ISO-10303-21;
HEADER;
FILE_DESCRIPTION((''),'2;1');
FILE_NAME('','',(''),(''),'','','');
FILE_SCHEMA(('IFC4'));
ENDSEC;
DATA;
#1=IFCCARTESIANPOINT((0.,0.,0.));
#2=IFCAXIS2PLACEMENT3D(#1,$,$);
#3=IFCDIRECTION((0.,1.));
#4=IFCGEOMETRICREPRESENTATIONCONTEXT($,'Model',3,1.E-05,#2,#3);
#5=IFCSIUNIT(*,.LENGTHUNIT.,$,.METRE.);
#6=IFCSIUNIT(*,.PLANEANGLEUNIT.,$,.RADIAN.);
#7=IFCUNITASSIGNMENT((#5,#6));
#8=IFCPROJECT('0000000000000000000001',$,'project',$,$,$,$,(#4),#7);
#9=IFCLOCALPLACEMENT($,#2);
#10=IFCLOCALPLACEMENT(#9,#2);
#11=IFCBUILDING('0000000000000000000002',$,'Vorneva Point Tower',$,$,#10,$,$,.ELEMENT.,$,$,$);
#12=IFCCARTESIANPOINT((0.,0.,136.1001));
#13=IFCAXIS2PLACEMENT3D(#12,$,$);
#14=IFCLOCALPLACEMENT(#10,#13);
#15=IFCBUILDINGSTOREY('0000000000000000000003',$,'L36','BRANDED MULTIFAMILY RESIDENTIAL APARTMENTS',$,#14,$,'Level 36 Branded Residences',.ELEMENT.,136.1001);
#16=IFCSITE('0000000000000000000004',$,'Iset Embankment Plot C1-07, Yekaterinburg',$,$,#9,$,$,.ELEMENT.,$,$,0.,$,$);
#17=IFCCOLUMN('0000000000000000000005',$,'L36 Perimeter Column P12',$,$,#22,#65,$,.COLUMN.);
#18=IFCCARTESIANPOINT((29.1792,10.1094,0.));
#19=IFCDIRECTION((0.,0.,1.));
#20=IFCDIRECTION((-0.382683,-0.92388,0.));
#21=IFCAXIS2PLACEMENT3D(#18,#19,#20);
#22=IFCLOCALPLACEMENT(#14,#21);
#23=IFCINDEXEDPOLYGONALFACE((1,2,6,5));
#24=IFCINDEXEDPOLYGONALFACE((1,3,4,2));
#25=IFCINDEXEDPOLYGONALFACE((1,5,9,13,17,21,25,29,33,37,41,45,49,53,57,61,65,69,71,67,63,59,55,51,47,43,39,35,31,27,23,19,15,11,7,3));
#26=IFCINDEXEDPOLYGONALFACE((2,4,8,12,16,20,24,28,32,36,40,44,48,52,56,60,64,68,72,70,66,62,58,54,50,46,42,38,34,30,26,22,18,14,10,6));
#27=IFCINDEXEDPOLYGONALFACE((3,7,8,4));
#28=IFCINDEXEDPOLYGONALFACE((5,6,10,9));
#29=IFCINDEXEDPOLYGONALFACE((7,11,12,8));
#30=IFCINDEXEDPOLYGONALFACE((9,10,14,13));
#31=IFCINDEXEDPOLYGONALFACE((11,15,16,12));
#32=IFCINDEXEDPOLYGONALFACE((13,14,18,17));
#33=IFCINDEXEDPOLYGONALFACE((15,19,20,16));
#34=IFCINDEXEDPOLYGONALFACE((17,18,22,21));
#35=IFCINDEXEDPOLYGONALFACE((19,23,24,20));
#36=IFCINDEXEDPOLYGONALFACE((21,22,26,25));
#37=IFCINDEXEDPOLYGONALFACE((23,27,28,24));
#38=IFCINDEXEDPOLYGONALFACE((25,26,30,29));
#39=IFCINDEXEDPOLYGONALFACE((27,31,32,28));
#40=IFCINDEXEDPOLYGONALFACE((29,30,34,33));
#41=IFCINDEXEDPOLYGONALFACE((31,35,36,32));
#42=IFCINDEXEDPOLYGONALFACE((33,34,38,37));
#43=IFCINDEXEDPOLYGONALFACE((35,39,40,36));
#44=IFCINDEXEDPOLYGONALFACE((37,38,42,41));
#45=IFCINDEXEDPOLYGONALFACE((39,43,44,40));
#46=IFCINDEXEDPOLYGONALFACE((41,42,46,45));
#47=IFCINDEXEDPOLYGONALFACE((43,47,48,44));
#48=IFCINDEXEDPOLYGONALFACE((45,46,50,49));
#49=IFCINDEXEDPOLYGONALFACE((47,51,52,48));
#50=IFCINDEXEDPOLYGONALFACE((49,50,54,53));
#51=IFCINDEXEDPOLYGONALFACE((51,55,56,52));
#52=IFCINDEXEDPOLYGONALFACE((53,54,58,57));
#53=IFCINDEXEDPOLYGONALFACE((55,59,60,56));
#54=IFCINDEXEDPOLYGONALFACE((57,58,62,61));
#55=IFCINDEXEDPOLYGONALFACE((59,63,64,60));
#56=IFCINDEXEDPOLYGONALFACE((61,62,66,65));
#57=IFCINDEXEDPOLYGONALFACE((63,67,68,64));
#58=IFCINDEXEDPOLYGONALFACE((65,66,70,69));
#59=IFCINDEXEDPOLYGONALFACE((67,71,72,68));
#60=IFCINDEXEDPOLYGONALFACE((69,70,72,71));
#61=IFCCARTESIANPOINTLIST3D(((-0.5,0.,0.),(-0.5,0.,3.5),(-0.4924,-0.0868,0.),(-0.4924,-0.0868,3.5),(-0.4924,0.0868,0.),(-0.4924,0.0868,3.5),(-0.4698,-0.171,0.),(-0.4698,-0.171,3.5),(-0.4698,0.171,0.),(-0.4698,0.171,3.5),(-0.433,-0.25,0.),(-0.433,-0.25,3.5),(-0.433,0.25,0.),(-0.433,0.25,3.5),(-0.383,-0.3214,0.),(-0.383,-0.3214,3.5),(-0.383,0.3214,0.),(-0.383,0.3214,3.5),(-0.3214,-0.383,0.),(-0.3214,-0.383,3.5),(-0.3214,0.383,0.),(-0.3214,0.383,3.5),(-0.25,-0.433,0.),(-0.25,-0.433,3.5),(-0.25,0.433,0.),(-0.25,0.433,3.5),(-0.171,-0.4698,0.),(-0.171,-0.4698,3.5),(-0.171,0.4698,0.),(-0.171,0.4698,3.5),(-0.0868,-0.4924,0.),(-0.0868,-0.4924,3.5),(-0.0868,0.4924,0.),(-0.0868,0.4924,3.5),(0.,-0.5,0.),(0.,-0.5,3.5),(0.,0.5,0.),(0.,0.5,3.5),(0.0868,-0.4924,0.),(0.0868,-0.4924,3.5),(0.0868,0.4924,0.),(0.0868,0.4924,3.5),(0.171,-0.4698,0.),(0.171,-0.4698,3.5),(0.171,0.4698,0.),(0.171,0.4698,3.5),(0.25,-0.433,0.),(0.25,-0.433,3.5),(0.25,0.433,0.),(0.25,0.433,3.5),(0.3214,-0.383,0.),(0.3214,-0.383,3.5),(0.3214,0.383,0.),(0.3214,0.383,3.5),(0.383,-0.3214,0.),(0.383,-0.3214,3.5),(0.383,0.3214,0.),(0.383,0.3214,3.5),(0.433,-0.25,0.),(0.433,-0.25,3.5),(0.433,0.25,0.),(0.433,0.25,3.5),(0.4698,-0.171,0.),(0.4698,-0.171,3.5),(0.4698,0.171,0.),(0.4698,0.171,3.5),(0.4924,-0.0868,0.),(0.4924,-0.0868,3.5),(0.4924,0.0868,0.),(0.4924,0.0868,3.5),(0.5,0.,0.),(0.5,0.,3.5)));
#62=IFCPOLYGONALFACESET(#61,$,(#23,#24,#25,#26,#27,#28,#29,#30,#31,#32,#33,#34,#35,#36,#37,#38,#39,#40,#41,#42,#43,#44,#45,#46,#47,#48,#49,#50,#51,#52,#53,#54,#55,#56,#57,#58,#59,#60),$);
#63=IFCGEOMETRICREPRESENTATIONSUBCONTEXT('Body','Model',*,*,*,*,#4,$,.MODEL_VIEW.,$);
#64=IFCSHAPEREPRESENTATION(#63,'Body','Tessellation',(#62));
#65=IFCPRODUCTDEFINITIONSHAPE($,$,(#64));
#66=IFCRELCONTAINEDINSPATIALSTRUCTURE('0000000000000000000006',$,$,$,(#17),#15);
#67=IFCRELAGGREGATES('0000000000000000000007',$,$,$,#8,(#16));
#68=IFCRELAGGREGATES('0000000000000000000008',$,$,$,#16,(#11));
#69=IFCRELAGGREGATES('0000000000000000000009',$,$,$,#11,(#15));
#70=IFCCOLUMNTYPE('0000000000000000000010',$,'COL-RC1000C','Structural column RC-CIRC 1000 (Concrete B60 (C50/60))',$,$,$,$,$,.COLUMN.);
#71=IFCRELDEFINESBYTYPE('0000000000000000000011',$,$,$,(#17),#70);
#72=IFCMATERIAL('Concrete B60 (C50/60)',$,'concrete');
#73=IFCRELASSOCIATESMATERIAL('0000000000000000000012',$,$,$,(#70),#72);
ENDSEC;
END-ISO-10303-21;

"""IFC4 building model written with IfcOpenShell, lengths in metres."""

from ifc_helpers import new_model, si_unit, direction, frame, origin, origin_2d, place, context, subcontext, project, spatial, circle, extrude, material, material_profile, profile_set, type_object, element, save


model = new_model("IFC4")

# Units and contexts
model_context = context("Model", 3, precision=1e-05, world=origin(), true_north=direction((0.0, 1.0)))
body_context = subcontext(model_context, "Body", "Model", "MODEL_VIEW")
ifc_project = project(units=[si_unit("LENGTHUNIT", "METRE"), si_unit("PLANEANGLEUNIT", "RADIAN")], contexts=[model_context])

# Site, building, storey
site_placement = place(None, origin())
site = spatial("IfcSite", under=ifc_project, at=site_placement, Name="Iset Embankment Plot C1-07, Yekaterinburg", CompositionType="ELEMENT", RefElevation=0.0)
building_placement = place(site_placement, origin())
building = spatial("IfcBuilding", under=site, at=building_placement, Name="Vorneva Point Tower", CompositionType="ELEMENT")
storey_placement = place(building_placement, frame((0.0, 0.0, 136.1001)))
storey = spatial("IfcBuildingStorey", under=building, at=storey_placement, Name="L36", Description="BRANDED MULTIFAMILY RESIDENTIAL APARTMENTS", LongName="Level 36 Branded Residences", CompositionType="ELEMENT", Elevation=136.1001)

# Column
ifc_material_1 = material(Name="Concrete B60 (C50/60)", Category="concrete")
ifc_material_profile_1 = material_profile(ifc_material_1, circle(Radius=0.5, at=origin_2d()), Name="RC-CIRC 1000")
ifc_profile_set_1 = profile_set([ifc_material_profile_1], Name="Concrete B60 (C50/60)")
column_type = type_object("IfcColumnType", Name="COL-RC1000C", Description="Structural column RC-CIRC 1000 (Concrete B60 (C50/60))", PredefinedType="COLUMN", material=ifc_profile_set_1)
column_placement = place(storey_placement, frame((29.1792, 10.1094, 0.0), z_axis=(0.0, 0.0, 1.0), x_axis=(-0.382683, -0.92388, 0.0)))
element("IfcColumn", 1, at=column_placement, inside=storey, type_object=column_type, Name="L36 Perimeter Column P12", PredefinedType="COLUMN", context=body_context, shape_type="SweptSolid", body=[
    extrude(circle(Radius=0.5, at=origin_2d()), origin(), (0.0, 0.0, 1.0), 3.5),
])

save(model, "model.ifc")
